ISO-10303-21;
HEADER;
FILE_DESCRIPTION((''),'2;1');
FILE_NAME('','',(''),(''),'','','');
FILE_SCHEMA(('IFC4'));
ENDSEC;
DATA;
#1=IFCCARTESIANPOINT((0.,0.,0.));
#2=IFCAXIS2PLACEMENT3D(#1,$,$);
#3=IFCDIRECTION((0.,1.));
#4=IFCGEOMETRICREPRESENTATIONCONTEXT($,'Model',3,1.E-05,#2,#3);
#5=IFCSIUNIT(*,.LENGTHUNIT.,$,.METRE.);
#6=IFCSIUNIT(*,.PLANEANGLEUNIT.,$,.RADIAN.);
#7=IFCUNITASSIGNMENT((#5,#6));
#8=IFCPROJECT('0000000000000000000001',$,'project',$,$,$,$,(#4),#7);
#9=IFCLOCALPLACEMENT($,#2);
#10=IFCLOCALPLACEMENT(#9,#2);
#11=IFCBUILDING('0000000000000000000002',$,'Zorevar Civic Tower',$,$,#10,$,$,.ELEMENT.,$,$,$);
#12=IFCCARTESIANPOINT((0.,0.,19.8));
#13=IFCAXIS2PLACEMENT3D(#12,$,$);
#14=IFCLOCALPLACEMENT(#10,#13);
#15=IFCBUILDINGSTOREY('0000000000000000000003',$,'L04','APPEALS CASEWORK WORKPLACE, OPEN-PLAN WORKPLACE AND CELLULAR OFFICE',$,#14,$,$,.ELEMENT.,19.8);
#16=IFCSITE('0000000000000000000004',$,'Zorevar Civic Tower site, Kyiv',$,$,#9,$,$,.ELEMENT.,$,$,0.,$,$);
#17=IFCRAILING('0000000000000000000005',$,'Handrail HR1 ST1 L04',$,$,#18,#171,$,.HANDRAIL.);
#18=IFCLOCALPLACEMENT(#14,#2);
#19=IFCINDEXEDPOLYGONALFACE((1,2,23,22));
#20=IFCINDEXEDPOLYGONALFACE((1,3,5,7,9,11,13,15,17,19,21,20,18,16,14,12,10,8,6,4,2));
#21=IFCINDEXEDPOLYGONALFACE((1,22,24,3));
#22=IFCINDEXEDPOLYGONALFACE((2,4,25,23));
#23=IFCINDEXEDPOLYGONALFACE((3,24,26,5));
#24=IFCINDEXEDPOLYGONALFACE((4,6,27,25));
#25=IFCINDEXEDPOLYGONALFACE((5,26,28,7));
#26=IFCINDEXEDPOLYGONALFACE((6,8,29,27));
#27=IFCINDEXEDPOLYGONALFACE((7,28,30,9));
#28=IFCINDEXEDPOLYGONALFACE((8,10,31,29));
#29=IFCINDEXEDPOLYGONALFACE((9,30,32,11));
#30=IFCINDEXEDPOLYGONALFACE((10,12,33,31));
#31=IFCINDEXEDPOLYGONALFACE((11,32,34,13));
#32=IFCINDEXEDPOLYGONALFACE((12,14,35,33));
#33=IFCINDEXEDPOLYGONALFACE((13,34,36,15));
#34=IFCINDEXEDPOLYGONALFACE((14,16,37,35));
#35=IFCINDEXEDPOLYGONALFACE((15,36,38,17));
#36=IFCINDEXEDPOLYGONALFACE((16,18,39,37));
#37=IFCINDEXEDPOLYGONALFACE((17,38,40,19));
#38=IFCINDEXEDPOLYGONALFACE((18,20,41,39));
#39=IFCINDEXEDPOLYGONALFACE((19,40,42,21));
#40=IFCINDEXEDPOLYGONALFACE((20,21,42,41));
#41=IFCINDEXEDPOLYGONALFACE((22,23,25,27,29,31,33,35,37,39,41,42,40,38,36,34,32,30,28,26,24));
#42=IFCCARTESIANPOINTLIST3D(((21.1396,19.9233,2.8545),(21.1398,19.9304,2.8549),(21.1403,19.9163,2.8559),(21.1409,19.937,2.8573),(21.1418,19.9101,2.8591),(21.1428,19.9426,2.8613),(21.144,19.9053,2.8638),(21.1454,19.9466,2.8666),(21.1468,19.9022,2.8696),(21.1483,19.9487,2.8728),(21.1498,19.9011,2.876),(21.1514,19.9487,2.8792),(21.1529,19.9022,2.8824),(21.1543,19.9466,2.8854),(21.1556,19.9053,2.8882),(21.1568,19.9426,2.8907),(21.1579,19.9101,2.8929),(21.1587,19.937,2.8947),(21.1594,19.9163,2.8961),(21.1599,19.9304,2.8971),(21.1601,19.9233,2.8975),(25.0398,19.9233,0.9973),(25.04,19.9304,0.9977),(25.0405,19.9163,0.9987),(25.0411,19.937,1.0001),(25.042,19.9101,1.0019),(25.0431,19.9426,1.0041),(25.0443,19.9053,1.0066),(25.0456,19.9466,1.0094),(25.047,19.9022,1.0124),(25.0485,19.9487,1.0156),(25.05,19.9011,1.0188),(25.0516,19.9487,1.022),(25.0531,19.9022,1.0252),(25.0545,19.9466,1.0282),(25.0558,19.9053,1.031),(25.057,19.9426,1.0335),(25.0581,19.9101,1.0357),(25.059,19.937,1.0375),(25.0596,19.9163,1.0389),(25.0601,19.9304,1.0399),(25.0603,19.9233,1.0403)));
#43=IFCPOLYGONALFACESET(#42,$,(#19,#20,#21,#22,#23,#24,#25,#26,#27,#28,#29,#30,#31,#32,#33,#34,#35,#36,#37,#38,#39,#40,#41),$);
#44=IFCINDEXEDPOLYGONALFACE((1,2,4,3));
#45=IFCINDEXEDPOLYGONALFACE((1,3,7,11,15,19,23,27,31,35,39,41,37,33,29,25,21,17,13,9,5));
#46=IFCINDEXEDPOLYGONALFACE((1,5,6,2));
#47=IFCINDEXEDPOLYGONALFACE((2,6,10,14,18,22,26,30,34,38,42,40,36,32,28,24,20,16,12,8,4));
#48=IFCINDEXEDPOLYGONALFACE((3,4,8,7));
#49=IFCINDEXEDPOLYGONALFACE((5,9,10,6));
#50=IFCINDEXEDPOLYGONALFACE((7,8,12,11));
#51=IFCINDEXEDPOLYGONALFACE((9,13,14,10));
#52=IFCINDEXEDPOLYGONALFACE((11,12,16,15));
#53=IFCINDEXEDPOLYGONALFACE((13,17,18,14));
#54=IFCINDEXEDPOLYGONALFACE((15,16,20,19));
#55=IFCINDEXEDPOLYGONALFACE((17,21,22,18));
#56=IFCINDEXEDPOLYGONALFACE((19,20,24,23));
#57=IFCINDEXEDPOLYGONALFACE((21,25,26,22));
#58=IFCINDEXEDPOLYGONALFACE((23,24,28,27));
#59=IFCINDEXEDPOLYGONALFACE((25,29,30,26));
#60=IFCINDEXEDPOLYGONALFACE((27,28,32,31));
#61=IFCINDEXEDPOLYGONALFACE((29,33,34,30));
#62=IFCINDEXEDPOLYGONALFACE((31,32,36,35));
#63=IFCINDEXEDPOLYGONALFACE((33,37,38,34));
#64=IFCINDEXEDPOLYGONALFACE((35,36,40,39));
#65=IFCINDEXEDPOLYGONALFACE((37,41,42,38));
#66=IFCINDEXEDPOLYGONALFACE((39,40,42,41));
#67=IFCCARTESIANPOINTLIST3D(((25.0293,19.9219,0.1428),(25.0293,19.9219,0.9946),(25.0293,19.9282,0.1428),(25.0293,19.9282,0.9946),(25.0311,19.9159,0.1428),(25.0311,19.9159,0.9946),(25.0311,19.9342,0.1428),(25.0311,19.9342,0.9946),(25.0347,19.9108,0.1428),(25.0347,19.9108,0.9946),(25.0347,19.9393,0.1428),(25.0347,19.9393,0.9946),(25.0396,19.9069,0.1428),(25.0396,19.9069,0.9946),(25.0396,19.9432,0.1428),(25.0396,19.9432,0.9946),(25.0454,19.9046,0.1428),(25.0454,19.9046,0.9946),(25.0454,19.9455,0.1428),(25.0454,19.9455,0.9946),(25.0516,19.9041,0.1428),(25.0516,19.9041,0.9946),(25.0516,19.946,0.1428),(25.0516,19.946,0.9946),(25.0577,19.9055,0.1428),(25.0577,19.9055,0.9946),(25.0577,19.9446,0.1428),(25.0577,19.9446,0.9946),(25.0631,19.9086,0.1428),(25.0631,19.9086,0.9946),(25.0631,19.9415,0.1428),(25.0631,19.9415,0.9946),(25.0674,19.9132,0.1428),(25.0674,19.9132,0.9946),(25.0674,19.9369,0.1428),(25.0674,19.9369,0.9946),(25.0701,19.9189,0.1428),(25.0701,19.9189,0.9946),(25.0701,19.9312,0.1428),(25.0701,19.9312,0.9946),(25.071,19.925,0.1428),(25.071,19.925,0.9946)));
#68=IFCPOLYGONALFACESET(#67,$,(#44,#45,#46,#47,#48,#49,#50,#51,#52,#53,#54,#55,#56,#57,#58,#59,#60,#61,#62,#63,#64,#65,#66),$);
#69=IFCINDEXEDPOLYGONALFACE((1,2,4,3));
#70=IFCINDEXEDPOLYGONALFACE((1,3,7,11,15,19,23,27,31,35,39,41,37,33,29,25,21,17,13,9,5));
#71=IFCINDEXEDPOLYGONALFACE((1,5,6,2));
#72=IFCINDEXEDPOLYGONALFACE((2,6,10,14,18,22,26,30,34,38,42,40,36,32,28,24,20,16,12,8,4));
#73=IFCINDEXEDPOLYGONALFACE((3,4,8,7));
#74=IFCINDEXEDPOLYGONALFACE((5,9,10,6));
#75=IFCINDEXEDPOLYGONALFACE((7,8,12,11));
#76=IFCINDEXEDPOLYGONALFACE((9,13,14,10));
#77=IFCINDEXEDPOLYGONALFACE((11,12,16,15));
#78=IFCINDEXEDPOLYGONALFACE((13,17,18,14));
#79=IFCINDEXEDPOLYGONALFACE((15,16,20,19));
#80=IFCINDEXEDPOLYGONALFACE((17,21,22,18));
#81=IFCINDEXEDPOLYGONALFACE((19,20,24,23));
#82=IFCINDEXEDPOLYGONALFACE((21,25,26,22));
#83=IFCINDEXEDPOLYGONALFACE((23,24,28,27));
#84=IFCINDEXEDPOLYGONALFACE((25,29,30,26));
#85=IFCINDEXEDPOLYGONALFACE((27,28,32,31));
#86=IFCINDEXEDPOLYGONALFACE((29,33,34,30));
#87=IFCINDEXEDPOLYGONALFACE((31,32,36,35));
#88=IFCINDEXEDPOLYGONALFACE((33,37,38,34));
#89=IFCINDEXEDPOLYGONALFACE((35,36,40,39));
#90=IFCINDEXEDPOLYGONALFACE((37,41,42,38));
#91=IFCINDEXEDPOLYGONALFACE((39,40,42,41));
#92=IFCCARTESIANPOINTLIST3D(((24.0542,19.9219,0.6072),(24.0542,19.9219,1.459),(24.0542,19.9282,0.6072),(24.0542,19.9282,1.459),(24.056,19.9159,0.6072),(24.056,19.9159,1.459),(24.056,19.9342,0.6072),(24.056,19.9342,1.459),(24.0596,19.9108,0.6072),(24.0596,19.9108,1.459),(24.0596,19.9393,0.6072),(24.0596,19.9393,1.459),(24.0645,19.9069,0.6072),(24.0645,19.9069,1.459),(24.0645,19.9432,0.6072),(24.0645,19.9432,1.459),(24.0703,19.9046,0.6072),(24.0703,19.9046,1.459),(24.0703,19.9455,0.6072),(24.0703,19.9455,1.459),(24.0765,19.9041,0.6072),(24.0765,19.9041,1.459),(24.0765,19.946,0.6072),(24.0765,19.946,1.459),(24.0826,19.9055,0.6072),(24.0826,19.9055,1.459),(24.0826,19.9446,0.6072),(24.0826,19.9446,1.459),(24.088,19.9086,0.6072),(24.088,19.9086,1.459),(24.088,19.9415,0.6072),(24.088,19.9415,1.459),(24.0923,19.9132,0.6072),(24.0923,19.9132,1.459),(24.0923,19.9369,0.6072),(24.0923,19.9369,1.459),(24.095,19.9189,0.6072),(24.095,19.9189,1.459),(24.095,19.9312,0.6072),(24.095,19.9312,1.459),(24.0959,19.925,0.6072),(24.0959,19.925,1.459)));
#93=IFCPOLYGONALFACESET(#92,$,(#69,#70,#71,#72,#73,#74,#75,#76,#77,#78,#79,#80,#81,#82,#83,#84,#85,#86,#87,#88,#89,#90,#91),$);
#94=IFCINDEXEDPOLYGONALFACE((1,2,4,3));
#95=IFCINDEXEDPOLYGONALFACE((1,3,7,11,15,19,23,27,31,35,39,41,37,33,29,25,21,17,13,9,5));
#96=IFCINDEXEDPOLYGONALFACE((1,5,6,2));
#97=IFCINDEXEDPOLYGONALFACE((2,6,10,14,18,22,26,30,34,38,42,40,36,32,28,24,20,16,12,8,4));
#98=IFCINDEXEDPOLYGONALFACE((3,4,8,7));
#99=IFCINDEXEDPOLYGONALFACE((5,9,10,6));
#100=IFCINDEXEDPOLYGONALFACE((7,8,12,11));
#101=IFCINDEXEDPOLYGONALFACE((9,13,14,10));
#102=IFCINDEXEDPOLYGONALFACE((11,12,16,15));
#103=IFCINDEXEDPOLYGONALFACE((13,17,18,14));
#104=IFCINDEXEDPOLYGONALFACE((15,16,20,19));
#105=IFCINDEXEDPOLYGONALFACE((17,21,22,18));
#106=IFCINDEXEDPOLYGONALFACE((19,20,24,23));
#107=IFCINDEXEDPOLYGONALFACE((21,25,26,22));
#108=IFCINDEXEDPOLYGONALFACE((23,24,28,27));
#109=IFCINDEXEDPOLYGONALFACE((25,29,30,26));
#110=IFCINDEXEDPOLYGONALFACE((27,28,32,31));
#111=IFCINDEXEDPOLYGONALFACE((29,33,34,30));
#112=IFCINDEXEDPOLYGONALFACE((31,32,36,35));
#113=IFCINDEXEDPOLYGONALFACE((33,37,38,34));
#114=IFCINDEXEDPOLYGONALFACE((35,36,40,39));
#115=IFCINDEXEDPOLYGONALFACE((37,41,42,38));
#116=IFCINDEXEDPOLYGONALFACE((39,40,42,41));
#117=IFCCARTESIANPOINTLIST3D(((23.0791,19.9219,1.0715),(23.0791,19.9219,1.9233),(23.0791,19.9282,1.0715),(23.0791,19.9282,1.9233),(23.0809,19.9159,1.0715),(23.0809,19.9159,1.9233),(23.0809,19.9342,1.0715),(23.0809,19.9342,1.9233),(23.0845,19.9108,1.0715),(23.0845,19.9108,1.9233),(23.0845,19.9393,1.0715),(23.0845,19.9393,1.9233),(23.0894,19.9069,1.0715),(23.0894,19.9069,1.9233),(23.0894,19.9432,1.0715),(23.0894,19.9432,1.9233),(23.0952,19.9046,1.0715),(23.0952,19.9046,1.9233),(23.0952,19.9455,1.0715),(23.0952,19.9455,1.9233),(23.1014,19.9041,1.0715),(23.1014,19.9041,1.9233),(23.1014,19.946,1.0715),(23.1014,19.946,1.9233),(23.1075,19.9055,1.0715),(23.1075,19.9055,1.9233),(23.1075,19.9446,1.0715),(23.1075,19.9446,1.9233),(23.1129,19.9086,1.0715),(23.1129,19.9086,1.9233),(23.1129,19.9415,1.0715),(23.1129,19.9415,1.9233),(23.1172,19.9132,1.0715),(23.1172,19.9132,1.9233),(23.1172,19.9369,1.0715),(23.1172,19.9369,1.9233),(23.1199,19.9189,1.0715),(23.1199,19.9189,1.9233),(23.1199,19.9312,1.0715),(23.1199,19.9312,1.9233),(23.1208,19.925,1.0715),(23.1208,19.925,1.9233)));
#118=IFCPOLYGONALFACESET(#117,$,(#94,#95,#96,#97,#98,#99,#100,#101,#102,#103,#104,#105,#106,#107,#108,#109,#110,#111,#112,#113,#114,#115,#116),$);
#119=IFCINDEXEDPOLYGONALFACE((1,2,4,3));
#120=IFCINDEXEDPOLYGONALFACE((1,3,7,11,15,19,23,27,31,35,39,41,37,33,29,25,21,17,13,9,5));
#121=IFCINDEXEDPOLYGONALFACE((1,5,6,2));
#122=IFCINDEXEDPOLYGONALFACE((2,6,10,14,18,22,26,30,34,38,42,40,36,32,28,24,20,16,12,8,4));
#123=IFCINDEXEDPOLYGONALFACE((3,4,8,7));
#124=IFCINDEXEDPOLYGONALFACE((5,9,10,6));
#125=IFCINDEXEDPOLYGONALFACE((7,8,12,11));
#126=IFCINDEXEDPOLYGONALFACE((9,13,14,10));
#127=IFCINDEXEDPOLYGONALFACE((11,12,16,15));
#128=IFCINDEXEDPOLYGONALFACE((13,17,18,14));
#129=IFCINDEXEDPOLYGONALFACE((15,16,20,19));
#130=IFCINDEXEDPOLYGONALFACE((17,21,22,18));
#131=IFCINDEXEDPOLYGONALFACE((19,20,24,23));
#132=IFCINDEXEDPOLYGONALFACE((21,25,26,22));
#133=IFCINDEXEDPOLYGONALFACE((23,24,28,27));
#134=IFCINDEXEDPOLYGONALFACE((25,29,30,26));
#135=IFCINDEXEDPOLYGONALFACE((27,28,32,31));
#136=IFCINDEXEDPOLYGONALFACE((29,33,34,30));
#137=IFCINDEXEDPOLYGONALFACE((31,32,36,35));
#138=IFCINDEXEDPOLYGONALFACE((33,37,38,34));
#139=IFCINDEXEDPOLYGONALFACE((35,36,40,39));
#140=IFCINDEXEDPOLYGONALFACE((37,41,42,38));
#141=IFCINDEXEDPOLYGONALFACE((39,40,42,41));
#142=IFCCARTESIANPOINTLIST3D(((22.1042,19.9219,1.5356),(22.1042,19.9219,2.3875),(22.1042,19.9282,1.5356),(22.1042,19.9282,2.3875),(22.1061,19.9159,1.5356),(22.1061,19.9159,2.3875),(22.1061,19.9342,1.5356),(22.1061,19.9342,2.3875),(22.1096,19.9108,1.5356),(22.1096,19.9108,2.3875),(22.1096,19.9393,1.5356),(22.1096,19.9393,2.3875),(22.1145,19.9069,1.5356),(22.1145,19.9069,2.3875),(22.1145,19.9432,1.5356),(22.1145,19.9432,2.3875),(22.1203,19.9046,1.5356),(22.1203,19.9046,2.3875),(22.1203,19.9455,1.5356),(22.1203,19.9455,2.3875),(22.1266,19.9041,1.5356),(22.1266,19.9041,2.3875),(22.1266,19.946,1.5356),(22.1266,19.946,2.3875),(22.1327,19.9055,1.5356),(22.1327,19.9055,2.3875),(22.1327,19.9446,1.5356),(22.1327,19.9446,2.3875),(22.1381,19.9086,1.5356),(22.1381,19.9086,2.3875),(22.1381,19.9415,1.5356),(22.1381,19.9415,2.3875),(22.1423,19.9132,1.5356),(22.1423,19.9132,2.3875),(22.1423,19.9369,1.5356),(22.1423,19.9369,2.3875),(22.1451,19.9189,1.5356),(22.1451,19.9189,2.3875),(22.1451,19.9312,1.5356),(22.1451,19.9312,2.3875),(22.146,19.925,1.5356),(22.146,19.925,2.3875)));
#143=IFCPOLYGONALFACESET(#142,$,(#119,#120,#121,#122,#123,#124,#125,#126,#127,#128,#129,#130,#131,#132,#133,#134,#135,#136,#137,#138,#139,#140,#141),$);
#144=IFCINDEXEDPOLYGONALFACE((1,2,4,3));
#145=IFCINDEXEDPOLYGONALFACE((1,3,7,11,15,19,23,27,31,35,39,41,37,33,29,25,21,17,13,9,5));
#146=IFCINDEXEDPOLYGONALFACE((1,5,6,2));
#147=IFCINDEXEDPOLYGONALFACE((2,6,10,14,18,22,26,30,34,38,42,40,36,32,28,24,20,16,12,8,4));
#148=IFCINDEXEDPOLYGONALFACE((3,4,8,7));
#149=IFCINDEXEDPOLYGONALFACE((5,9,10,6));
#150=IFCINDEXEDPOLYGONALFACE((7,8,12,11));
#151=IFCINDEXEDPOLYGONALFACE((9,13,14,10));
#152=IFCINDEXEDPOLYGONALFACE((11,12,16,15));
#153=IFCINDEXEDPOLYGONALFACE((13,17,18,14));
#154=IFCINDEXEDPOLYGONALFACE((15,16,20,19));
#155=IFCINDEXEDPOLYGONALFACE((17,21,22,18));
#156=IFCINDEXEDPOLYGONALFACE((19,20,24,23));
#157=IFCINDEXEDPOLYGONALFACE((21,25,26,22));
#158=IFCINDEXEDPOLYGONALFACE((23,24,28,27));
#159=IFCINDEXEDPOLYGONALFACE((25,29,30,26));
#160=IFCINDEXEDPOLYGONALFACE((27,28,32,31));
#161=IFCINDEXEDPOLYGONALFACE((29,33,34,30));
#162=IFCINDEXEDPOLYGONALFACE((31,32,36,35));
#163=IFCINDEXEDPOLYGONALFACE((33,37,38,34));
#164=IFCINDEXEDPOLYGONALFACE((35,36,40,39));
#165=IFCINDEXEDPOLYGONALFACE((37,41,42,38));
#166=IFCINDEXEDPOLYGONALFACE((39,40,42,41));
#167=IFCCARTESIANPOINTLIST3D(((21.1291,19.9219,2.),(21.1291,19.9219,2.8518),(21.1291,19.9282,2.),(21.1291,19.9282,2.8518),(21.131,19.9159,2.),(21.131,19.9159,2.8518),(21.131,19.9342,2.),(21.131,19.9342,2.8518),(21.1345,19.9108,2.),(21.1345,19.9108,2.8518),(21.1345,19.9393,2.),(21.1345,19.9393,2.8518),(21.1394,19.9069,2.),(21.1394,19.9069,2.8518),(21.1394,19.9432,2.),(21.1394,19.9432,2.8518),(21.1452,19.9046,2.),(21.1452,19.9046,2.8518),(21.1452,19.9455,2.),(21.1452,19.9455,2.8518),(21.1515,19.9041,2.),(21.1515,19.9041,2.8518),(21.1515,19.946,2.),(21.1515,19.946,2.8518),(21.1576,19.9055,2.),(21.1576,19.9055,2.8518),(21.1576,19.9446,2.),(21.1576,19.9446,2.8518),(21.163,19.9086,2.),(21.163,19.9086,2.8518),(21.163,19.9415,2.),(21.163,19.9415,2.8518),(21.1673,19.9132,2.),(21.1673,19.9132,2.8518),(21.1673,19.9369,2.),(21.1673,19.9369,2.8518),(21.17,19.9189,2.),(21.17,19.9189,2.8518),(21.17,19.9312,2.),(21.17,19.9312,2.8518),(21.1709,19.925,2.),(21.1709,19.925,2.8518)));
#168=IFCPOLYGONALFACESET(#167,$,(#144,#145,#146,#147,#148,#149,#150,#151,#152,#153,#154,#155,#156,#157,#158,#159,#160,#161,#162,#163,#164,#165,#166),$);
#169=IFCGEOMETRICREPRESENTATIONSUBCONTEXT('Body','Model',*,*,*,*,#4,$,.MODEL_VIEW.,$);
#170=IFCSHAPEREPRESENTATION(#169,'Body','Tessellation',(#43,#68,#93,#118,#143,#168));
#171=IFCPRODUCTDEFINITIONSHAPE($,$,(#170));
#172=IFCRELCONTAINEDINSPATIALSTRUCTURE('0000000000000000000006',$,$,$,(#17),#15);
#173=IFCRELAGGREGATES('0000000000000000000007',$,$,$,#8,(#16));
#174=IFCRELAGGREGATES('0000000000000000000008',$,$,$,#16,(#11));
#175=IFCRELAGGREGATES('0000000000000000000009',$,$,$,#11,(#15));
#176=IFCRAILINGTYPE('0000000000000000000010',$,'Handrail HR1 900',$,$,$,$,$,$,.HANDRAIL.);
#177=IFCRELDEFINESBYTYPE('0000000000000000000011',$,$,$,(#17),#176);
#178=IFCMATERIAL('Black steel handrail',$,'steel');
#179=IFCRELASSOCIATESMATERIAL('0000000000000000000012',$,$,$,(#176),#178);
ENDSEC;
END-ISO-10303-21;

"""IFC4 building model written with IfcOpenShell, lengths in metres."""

from ifc_helpers import new_model, si_unit, direction, frame, origin, origin_2d, place, context, subcontext, project, spatial, circle, extrude, material, type_object, element, save


model = new_model("IFC4")

# Units and contexts
model_context = context("Model", 3, precision=1e-05, world=origin(), true_north=direction((0.0, 1.0)))
body_context = subcontext(model_context, "Body", "Model", "MODEL_VIEW")
ifc_project = project(units=[si_unit("LENGTHUNIT", "METRE"), si_unit("PLANEANGLEUNIT", "RADIAN")], contexts=[model_context])

# Site, building, storey
site_placement = place(None, origin())
site = spatial("IfcSite", under=ifc_project, at=site_placement, Name="Zorevar Civic Tower site, Kyiv", CompositionType="ELEMENT", RefElevation=0.0)
building_placement = place(site_placement, origin())
building = spatial("IfcBuilding", under=site, at=building_placement, Name="Zorevar Civic Tower", CompositionType="ELEMENT")
storey_placement = place(building_placement, frame((0.0, 0.0, 19.8)))
storey = spatial("IfcBuildingStorey", under=building, at=storey_placement, Name="L04", Description="APPEALS CASEWORK WORKPLACE, OPEN-PLAN WORKPLACE AND CELLULAR OFFICE", CompositionType="ELEMENT", Elevation=19.8)

# Railing
ifc_material_1 = material(Name="Black steel handrail", Category="steel")
railing_type = type_object("IfcRailingType", Name="Handrail HR1 900", PredefinedType="HANDRAIL", material=ifc_material_1)
railing_1_placement = place(storey_placement, frame((25.05, 19.925, 0.1428)))
element("IfcRailing", 1, at=railing_1_placement, inside=storey, type_object=railing_type, Name="Handrail HR1 ST1 L04", PredefinedType="HANDRAIL", context=body_context, shape_type="SweptSolid", body=[
    extrude(circle(Radius=0.0239, at=origin_2d()), frame((0.0, 0.0, 0.876), z_axis=(-0.902864, 0.0, 0.429927), x_axis=(0.0, -1.0, 0.0)), (0.0, 0.0, 1.0), 4.3198),
    extrude(circle(Radius=0.021, at=origin_2d()), origin(), (0.0, 0.0, 1.0), 0.8518),
    extrude(circle(Radius=0.021, at=origin_2d()), frame((-0.9751, 0.0, 0.4644)), (0.0, 0.0, 1.0), 0.8518),
    extrude(circle(Radius=0.021, at=origin_2d()), frame((-1.9502, 0.0, 0.9287)), (0.0, 0.0, 1.0), 0.8518),
    extrude(circle(Radius=0.021, at=origin_2d()), frame((-2.925, 0.0, 1.3928)), (0.0, 0.0, 1.0), 0.8518),
    extrude(circle(Radius=0.021, at=origin_2d()), frame((-3.9001, 0.0, 1.8572)), (0.0, 0.0, 1.0), 0.8518),
])

save(model, "model.ifc")
